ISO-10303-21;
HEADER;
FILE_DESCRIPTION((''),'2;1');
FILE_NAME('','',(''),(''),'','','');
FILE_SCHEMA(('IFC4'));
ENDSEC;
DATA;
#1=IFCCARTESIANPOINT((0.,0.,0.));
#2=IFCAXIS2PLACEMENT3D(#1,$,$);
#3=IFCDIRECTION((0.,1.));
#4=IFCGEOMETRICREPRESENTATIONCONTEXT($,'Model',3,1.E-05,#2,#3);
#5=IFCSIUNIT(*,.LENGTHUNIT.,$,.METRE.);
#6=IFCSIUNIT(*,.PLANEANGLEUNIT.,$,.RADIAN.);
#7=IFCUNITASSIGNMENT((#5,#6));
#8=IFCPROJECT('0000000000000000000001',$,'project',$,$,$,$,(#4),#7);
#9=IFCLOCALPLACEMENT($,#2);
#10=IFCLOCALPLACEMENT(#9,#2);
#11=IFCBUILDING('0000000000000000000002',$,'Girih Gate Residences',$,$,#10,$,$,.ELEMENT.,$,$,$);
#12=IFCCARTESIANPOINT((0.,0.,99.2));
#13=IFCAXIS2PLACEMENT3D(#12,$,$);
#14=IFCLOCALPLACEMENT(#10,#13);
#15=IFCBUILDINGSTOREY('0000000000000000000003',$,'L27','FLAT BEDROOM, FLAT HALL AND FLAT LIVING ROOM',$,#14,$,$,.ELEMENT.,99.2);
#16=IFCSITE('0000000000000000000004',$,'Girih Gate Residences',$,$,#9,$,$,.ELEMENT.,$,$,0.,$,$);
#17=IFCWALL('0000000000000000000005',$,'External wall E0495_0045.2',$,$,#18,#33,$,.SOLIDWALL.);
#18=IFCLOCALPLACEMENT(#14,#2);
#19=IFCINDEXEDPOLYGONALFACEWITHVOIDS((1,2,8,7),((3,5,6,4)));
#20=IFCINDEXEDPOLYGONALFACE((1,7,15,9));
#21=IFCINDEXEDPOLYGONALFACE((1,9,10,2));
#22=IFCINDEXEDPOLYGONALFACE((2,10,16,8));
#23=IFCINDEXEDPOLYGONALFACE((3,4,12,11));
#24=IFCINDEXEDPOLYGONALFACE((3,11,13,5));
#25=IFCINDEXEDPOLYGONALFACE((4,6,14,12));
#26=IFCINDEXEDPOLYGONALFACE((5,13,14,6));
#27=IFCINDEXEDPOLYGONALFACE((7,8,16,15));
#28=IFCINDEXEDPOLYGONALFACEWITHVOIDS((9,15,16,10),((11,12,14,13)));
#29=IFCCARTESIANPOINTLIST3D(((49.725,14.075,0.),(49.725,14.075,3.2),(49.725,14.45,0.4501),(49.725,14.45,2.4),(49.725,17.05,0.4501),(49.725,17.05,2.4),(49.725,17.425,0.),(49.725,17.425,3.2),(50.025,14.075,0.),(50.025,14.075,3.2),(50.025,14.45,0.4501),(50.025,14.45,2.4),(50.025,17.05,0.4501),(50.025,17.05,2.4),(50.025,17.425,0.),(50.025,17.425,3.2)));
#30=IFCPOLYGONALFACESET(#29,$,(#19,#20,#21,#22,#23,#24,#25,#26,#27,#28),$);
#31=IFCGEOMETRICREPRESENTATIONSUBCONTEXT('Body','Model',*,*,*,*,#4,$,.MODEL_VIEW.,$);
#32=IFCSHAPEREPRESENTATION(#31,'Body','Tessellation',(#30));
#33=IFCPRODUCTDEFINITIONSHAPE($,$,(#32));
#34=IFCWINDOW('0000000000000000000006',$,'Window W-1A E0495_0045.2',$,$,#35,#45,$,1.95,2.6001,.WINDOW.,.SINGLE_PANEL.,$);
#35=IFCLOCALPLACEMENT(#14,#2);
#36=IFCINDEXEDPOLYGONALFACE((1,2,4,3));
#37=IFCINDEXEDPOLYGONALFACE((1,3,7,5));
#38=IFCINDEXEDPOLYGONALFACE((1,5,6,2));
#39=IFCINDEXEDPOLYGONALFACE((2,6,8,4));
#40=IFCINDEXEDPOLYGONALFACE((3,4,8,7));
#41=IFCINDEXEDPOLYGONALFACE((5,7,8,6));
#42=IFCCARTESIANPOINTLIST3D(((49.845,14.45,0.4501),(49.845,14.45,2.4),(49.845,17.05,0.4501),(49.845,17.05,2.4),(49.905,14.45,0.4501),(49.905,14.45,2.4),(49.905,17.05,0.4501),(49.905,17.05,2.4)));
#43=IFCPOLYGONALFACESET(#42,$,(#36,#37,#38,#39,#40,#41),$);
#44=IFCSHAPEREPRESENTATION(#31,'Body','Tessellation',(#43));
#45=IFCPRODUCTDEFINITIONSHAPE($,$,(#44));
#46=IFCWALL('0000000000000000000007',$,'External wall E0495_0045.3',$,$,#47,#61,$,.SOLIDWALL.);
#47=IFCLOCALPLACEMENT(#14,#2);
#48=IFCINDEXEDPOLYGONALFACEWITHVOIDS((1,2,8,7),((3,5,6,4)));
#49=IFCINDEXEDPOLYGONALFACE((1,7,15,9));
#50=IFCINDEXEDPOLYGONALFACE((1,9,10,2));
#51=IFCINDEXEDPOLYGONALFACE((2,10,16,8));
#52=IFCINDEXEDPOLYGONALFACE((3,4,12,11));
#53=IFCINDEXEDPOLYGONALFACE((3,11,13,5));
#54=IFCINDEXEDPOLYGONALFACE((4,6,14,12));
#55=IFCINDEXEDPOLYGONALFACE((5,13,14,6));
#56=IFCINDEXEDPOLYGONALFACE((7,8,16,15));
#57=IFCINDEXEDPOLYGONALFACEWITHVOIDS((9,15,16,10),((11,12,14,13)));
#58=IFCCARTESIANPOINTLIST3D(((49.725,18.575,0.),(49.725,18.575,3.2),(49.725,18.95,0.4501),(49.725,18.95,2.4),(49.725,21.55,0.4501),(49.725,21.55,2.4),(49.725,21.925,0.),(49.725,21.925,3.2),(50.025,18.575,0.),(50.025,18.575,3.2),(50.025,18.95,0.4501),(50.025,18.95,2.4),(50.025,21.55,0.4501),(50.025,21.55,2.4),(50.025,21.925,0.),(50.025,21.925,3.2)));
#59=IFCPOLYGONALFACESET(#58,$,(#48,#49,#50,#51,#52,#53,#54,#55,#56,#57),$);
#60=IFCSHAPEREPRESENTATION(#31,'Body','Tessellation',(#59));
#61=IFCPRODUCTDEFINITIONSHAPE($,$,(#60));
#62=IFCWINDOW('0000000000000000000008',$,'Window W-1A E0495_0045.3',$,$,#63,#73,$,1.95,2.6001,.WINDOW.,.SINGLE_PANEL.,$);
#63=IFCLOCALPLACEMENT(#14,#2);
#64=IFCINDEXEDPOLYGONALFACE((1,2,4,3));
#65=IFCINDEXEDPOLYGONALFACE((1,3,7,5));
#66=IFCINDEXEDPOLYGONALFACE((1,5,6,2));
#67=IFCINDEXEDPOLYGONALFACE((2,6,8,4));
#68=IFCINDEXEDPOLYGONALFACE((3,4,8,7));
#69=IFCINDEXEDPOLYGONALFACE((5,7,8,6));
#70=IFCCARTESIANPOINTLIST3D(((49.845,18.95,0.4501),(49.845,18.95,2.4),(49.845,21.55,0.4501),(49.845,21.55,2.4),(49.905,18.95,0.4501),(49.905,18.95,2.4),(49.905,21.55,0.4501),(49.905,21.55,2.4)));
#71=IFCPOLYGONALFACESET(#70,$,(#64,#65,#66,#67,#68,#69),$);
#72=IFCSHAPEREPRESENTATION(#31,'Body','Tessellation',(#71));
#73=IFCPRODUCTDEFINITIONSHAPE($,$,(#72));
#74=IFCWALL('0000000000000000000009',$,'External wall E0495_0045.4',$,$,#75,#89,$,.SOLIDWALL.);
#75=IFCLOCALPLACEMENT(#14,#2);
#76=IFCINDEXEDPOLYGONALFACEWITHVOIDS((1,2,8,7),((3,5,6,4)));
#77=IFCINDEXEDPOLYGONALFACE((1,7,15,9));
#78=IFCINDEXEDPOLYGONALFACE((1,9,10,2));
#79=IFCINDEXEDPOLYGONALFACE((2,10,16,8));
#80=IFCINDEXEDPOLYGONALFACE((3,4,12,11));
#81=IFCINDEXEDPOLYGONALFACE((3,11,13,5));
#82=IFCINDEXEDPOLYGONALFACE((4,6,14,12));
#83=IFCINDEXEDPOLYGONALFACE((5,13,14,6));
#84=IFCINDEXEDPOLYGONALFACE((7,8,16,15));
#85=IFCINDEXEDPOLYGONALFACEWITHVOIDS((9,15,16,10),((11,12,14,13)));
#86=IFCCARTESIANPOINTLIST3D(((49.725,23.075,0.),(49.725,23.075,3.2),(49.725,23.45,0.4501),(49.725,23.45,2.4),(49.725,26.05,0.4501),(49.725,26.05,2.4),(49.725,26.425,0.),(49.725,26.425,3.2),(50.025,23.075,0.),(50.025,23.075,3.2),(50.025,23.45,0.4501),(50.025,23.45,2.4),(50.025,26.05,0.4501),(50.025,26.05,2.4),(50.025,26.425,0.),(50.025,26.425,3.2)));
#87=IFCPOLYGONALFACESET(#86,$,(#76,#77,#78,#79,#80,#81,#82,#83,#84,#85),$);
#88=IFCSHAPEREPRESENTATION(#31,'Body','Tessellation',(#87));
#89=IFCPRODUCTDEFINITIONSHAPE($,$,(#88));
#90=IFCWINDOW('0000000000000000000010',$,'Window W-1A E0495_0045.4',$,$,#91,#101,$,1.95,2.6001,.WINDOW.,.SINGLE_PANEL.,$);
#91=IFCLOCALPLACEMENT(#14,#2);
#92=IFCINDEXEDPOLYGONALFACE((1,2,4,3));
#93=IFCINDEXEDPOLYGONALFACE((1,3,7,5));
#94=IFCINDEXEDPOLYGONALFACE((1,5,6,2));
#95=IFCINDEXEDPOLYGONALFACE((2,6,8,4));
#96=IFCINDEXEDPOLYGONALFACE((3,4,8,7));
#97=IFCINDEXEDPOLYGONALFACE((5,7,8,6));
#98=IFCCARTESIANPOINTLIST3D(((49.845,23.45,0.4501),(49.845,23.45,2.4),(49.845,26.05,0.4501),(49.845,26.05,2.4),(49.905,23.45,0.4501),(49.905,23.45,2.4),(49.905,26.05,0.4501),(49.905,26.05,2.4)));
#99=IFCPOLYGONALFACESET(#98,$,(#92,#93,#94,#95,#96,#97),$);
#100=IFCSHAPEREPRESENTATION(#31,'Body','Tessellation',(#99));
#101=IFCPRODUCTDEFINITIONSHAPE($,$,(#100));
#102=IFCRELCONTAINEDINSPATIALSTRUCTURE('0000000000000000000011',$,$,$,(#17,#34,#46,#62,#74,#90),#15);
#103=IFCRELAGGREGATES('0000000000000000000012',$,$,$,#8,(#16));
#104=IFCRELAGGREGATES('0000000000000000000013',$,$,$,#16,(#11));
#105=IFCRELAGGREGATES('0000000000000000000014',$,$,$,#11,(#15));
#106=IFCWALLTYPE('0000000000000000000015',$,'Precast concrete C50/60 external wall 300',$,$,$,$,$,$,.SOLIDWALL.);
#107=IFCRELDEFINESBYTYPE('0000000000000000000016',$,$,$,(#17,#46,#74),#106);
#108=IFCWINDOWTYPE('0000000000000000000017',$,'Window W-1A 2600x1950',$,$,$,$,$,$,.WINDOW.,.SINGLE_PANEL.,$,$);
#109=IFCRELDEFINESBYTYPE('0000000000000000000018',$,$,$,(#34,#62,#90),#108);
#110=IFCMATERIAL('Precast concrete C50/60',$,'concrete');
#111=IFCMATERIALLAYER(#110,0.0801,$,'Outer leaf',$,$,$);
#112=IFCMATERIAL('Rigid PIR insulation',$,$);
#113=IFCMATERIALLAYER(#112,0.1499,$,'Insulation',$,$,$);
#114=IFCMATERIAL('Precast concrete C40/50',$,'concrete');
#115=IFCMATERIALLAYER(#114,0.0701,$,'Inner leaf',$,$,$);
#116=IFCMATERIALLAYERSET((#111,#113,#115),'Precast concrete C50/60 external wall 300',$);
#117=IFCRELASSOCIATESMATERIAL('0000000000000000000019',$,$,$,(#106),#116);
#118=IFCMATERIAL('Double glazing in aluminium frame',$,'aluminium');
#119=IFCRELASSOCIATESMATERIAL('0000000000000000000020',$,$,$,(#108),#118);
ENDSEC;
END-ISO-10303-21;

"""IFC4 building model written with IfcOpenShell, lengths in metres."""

from ifc_helpers import new_model, si_unit, direction, frame, frame_2d, origin, place, context, subcontext, project, spatial, rectangle, extrude, material, layer, layer_set, type_object, element, fill, save


model = new_model("IFC4")

# Units and contexts
model_context = context("Model", 3, precision=1e-05, world=origin(), true_north=direction((0.0, 1.0)))
body_context = subcontext(model_context, "Body", "Model", "MODEL_VIEW")
ifc_project = project(units=[si_unit("LENGTHUNIT", "METRE"), si_unit("PLANEANGLEUNIT", "RADIAN")], contexts=[model_context])

# Site, building, storey
site_placement = place(None, origin())
site = spatial("IfcSite", under=ifc_project, at=site_placement, Name="Girih Gate Residences", CompositionType="ELEMENT", RefElevation=0.0)
building_placement = place(site_placement, origin())
building = spatial("IfcBuilding", under=site, at=building_placement, Name="Girih Gate Residences", CompositionType="ELEMENT")
storey_placement = place(building_placement, frame((0.0, 0.0, 99.2)))
storey = spatial("IfcBuildingStorey", under=building, at=storey_placement, Name="L27", Description="FLAT BEDROOM, FLAT HALL AND FLAT LIVING ROOM", CompositionType="ELEMENT", Elevation=99.2)

# Walls, openings, windows
ifc_material_1 = material(Name="Precast concrete C50/60", Category="concrete")
ifc_layer_1 = layer(ifc_material_1, 0.0801, Name="Outer leaf")
ifc_material_2 = material(Name="Rigid PIR insulation")
ifc_layer_2 = layer(ifc_material_2, 0.1499, Name="Insulation")
ifc_material_3 = material(Name="Precast concrete C40/50", Category="concrete")
ifc_layer_3 = layer(ifc_material_3, 0.0701, Name="Inner leaf")
ifc_layer_set_1 = layer_set([ifc_layer_1, ifc_layer_2, ifc_layer_3], Name="Precast concrete C50/60 external wall 300")
wall_type_1 = type_object("IfcWallType", Name="Precast concrete C50/60 external wall 300", PredefinedType="SOLIDWALL", material=ifc_layer_set_1)
wall_1_placement = place(storey_placement, frame((49.875, 17.425, 0.0), z_axis=(0.0, 0.0, 1.0), x_axis=(0.0, -1.0, 0.0)))
wall_1 = element("IfcWall", 1, at=wall_1_placement, inside=storey, type_object=wall_type_1, Name="External wall E0495_0045.2", PredefinedType="SOLIDWALL", context=body_context, shape_type="SweptSolid", body=[
    extrude(rectangle(XDim=3.3501, YDim=0.3, at=frame_2d((1.675, 0.0))), origin(), (0.0, 0.0, 1.0), 3.2),
])
opening_1_placement = place(wall_1_placement, frame((0.375, 0.0, 0.45)))
opening_1 = element("IfcOpeningElement", 2, at=opening_1_placement, cuts=wall_1, PredefinedType="OPENING", context=body_context, shape_type="SweptSolid", body=[
    extrude(rectangle(XDim=2.6001, YDim=1.95, at=frame_2d((1.3, 0.9751))), frame((0.0, 0.1599, 0.0), z_axis=(0.0, -1.0, 0.0), x_axis=(1.0, 0.0, 0.0)), (0.0, 0.0, 1.0), 0.3201),
])
ifc_material_4 = material(Name="Double glazing in aluminium frame", Category="aluminium")
window_type = type_object("IfcWindowType", Name="Window W-1A 2600x1950", PartitioningType="SINGLE_PANEL", PredefinedType="WINDOW", material=ifc_material_4)
window_1_placement = place(opening_1_placement, origin())
window_1 = element("IfcWindow", 3, at=window_1_placement, inside=storey, type_object=window_type, Name="Window W-1A E0495_0045.2", OverallHeight=1.95, OverallWidth=2.6001, PartitioningType="SINGLE_PANEL", PredefinedType="WINDOW", context=body_context, shape_type="SweptSolid", body=[
    extrude(rectangle(XDim=2.6001, YDim=1.95, at=frame_2d((1.3, 0.9751))), frame((0.0, 0.03, 0.0), z_axis=(0.0, -1.0, 0.0), x_axis=(1.0, 0.0, 0.0)), (0.0, 0.0, 1.0), 0.0601),
])
fill(opening_1, window_1)
wall_2_placement = place(storey_placement, frame((49.875, 21.925, 0.0), z_axis=(0.0, 0.0, 1.0), x_axis=(0.0, -1.0, 0.0)))
wall_2 = element("IfcWall", 4, at=wall_2_placement, inside=storey, type_object=wall_type_1, Name="External wall E0495_0045.3", PredefinedType="SOLIDWALL", context=body_context, shape_type="SweptSolid", body=[
    extrude(rectangle(XDim=3.3501, YDim=0.3, at=frame_2d((1.675, 0.0))), origin(), (0.0, 0.0, 1.0), 3.2),
])
opening_2_placement = place(wall_2_placement, frame((0.375, 0.0, 0.45)))
opening_2 = element("IfcOpeningElement", 5, at=opening_2_placement, cuts=wall_2, PredefinedType="OPENING", context=body_context, shape_type="SweptSolid", body=[
    extrude(rectangle(XDim=2.6001, YDim=1.95, at=frame_2d((1.3, 0.9751))), frame((0.0, 0.1599, 0.0), z_axis=(0.0, -1.0, 0.0), x_axis=(1.0, 0.0, 0.0)), (0.0, 0.0, 1.0), 0.3201),
])
window_2_placement = place(opening_2_placement, origin())
window_2 = element("IfcWindow", 6, at=window_2_placement, inside=storey, type_object=window_type, Name="Window W-1A E0495_0045.3", OverallHeight=1.95, OverallWidth=2.6001, PartitioningType="SINGLE_PANEL", PredefinedType="WINDOW", context=body_context, shape_type="SweptSolid", body=[
    extrude(rectangle(XDim=2.6001, YDim=1.95, at=frame_2d((1.3, 0.9751))), frame((0.0, 0.03, 0.0), z_axis=(0.0, -1.0, 0.0), x_axis=(1.0, 0.0, 0.0)), (0.0, 0.0, 1.0), 0.0601),
])
fill(opening_2, window_2)
wall_3_placement = place(storey_placement, frame((49.875, 26.425, 0.0), z_axis=(0.0, 0.0, 1.0), x_axis=(0.0, -1.0, 0.0)))
wall_3 = element("IfcWall", 7, at=wall_3_placement, inside=storey, type_object=wall_type_1, Name="External wall E0495_0045.4", PredefinedType="SOLIDWALL", context=body_context, shape_type="SweptSolid", body=[
    extrude(rectangle(XDim=3.3501, YDim=0.3, at=frame_2d((1.675, 0.0))), origin(), (0.0, 0.0, 1.0), 3.2),
])
opening_3_placement = place(wall_3_placement, frame((0.375, 0.0, 0.45)))
opening_3 = element("IfcOpeningElement", 8, at=opening_3_placement, cuts=wall_3, PredefinedType="OPENING", context=body_context, shape_type="SweptSolid", body=[
    extrude(rectangle(XDim=2.6001, YDim=1.95, at=frame_2d((1.3, 0.9751))), frame((0.0, 0.1599, 0.0), z_axis=(0.0, -1.0, 0.0), x_axis=(1.0, 0.0, 0.0)), (0.0, 0.0, 1.0), 0.3201),
])
window_3_placement = place(opening_3_placement, origin())
window_3 = element("IfcWindow", 9, at=window_3_placement, inside=storey, type_object=window_type, Name="Window W-1A E0495_0045.4", OverallHeight=1.95, OverallWidth=2.6001, PartitioningType="SINGLE_PANEL", PredefinedType="WINDOW", context=body_context, shape_type="SweptSolid", body=[
    extrude(rectangle(XDim=2.6001, YDim=1.95, at=frame_2d((1.3, 0.9751))), frame((0.0, 0.03, 0.0), z_axis=(0.0, -1.0, 0.0), x_axis=(1.0, 0.0, 0.0)), (0.0, 0.0, 1.0), 0.0601),
])
fill(opening_3, window_3)

save(model, "model.ifc")
